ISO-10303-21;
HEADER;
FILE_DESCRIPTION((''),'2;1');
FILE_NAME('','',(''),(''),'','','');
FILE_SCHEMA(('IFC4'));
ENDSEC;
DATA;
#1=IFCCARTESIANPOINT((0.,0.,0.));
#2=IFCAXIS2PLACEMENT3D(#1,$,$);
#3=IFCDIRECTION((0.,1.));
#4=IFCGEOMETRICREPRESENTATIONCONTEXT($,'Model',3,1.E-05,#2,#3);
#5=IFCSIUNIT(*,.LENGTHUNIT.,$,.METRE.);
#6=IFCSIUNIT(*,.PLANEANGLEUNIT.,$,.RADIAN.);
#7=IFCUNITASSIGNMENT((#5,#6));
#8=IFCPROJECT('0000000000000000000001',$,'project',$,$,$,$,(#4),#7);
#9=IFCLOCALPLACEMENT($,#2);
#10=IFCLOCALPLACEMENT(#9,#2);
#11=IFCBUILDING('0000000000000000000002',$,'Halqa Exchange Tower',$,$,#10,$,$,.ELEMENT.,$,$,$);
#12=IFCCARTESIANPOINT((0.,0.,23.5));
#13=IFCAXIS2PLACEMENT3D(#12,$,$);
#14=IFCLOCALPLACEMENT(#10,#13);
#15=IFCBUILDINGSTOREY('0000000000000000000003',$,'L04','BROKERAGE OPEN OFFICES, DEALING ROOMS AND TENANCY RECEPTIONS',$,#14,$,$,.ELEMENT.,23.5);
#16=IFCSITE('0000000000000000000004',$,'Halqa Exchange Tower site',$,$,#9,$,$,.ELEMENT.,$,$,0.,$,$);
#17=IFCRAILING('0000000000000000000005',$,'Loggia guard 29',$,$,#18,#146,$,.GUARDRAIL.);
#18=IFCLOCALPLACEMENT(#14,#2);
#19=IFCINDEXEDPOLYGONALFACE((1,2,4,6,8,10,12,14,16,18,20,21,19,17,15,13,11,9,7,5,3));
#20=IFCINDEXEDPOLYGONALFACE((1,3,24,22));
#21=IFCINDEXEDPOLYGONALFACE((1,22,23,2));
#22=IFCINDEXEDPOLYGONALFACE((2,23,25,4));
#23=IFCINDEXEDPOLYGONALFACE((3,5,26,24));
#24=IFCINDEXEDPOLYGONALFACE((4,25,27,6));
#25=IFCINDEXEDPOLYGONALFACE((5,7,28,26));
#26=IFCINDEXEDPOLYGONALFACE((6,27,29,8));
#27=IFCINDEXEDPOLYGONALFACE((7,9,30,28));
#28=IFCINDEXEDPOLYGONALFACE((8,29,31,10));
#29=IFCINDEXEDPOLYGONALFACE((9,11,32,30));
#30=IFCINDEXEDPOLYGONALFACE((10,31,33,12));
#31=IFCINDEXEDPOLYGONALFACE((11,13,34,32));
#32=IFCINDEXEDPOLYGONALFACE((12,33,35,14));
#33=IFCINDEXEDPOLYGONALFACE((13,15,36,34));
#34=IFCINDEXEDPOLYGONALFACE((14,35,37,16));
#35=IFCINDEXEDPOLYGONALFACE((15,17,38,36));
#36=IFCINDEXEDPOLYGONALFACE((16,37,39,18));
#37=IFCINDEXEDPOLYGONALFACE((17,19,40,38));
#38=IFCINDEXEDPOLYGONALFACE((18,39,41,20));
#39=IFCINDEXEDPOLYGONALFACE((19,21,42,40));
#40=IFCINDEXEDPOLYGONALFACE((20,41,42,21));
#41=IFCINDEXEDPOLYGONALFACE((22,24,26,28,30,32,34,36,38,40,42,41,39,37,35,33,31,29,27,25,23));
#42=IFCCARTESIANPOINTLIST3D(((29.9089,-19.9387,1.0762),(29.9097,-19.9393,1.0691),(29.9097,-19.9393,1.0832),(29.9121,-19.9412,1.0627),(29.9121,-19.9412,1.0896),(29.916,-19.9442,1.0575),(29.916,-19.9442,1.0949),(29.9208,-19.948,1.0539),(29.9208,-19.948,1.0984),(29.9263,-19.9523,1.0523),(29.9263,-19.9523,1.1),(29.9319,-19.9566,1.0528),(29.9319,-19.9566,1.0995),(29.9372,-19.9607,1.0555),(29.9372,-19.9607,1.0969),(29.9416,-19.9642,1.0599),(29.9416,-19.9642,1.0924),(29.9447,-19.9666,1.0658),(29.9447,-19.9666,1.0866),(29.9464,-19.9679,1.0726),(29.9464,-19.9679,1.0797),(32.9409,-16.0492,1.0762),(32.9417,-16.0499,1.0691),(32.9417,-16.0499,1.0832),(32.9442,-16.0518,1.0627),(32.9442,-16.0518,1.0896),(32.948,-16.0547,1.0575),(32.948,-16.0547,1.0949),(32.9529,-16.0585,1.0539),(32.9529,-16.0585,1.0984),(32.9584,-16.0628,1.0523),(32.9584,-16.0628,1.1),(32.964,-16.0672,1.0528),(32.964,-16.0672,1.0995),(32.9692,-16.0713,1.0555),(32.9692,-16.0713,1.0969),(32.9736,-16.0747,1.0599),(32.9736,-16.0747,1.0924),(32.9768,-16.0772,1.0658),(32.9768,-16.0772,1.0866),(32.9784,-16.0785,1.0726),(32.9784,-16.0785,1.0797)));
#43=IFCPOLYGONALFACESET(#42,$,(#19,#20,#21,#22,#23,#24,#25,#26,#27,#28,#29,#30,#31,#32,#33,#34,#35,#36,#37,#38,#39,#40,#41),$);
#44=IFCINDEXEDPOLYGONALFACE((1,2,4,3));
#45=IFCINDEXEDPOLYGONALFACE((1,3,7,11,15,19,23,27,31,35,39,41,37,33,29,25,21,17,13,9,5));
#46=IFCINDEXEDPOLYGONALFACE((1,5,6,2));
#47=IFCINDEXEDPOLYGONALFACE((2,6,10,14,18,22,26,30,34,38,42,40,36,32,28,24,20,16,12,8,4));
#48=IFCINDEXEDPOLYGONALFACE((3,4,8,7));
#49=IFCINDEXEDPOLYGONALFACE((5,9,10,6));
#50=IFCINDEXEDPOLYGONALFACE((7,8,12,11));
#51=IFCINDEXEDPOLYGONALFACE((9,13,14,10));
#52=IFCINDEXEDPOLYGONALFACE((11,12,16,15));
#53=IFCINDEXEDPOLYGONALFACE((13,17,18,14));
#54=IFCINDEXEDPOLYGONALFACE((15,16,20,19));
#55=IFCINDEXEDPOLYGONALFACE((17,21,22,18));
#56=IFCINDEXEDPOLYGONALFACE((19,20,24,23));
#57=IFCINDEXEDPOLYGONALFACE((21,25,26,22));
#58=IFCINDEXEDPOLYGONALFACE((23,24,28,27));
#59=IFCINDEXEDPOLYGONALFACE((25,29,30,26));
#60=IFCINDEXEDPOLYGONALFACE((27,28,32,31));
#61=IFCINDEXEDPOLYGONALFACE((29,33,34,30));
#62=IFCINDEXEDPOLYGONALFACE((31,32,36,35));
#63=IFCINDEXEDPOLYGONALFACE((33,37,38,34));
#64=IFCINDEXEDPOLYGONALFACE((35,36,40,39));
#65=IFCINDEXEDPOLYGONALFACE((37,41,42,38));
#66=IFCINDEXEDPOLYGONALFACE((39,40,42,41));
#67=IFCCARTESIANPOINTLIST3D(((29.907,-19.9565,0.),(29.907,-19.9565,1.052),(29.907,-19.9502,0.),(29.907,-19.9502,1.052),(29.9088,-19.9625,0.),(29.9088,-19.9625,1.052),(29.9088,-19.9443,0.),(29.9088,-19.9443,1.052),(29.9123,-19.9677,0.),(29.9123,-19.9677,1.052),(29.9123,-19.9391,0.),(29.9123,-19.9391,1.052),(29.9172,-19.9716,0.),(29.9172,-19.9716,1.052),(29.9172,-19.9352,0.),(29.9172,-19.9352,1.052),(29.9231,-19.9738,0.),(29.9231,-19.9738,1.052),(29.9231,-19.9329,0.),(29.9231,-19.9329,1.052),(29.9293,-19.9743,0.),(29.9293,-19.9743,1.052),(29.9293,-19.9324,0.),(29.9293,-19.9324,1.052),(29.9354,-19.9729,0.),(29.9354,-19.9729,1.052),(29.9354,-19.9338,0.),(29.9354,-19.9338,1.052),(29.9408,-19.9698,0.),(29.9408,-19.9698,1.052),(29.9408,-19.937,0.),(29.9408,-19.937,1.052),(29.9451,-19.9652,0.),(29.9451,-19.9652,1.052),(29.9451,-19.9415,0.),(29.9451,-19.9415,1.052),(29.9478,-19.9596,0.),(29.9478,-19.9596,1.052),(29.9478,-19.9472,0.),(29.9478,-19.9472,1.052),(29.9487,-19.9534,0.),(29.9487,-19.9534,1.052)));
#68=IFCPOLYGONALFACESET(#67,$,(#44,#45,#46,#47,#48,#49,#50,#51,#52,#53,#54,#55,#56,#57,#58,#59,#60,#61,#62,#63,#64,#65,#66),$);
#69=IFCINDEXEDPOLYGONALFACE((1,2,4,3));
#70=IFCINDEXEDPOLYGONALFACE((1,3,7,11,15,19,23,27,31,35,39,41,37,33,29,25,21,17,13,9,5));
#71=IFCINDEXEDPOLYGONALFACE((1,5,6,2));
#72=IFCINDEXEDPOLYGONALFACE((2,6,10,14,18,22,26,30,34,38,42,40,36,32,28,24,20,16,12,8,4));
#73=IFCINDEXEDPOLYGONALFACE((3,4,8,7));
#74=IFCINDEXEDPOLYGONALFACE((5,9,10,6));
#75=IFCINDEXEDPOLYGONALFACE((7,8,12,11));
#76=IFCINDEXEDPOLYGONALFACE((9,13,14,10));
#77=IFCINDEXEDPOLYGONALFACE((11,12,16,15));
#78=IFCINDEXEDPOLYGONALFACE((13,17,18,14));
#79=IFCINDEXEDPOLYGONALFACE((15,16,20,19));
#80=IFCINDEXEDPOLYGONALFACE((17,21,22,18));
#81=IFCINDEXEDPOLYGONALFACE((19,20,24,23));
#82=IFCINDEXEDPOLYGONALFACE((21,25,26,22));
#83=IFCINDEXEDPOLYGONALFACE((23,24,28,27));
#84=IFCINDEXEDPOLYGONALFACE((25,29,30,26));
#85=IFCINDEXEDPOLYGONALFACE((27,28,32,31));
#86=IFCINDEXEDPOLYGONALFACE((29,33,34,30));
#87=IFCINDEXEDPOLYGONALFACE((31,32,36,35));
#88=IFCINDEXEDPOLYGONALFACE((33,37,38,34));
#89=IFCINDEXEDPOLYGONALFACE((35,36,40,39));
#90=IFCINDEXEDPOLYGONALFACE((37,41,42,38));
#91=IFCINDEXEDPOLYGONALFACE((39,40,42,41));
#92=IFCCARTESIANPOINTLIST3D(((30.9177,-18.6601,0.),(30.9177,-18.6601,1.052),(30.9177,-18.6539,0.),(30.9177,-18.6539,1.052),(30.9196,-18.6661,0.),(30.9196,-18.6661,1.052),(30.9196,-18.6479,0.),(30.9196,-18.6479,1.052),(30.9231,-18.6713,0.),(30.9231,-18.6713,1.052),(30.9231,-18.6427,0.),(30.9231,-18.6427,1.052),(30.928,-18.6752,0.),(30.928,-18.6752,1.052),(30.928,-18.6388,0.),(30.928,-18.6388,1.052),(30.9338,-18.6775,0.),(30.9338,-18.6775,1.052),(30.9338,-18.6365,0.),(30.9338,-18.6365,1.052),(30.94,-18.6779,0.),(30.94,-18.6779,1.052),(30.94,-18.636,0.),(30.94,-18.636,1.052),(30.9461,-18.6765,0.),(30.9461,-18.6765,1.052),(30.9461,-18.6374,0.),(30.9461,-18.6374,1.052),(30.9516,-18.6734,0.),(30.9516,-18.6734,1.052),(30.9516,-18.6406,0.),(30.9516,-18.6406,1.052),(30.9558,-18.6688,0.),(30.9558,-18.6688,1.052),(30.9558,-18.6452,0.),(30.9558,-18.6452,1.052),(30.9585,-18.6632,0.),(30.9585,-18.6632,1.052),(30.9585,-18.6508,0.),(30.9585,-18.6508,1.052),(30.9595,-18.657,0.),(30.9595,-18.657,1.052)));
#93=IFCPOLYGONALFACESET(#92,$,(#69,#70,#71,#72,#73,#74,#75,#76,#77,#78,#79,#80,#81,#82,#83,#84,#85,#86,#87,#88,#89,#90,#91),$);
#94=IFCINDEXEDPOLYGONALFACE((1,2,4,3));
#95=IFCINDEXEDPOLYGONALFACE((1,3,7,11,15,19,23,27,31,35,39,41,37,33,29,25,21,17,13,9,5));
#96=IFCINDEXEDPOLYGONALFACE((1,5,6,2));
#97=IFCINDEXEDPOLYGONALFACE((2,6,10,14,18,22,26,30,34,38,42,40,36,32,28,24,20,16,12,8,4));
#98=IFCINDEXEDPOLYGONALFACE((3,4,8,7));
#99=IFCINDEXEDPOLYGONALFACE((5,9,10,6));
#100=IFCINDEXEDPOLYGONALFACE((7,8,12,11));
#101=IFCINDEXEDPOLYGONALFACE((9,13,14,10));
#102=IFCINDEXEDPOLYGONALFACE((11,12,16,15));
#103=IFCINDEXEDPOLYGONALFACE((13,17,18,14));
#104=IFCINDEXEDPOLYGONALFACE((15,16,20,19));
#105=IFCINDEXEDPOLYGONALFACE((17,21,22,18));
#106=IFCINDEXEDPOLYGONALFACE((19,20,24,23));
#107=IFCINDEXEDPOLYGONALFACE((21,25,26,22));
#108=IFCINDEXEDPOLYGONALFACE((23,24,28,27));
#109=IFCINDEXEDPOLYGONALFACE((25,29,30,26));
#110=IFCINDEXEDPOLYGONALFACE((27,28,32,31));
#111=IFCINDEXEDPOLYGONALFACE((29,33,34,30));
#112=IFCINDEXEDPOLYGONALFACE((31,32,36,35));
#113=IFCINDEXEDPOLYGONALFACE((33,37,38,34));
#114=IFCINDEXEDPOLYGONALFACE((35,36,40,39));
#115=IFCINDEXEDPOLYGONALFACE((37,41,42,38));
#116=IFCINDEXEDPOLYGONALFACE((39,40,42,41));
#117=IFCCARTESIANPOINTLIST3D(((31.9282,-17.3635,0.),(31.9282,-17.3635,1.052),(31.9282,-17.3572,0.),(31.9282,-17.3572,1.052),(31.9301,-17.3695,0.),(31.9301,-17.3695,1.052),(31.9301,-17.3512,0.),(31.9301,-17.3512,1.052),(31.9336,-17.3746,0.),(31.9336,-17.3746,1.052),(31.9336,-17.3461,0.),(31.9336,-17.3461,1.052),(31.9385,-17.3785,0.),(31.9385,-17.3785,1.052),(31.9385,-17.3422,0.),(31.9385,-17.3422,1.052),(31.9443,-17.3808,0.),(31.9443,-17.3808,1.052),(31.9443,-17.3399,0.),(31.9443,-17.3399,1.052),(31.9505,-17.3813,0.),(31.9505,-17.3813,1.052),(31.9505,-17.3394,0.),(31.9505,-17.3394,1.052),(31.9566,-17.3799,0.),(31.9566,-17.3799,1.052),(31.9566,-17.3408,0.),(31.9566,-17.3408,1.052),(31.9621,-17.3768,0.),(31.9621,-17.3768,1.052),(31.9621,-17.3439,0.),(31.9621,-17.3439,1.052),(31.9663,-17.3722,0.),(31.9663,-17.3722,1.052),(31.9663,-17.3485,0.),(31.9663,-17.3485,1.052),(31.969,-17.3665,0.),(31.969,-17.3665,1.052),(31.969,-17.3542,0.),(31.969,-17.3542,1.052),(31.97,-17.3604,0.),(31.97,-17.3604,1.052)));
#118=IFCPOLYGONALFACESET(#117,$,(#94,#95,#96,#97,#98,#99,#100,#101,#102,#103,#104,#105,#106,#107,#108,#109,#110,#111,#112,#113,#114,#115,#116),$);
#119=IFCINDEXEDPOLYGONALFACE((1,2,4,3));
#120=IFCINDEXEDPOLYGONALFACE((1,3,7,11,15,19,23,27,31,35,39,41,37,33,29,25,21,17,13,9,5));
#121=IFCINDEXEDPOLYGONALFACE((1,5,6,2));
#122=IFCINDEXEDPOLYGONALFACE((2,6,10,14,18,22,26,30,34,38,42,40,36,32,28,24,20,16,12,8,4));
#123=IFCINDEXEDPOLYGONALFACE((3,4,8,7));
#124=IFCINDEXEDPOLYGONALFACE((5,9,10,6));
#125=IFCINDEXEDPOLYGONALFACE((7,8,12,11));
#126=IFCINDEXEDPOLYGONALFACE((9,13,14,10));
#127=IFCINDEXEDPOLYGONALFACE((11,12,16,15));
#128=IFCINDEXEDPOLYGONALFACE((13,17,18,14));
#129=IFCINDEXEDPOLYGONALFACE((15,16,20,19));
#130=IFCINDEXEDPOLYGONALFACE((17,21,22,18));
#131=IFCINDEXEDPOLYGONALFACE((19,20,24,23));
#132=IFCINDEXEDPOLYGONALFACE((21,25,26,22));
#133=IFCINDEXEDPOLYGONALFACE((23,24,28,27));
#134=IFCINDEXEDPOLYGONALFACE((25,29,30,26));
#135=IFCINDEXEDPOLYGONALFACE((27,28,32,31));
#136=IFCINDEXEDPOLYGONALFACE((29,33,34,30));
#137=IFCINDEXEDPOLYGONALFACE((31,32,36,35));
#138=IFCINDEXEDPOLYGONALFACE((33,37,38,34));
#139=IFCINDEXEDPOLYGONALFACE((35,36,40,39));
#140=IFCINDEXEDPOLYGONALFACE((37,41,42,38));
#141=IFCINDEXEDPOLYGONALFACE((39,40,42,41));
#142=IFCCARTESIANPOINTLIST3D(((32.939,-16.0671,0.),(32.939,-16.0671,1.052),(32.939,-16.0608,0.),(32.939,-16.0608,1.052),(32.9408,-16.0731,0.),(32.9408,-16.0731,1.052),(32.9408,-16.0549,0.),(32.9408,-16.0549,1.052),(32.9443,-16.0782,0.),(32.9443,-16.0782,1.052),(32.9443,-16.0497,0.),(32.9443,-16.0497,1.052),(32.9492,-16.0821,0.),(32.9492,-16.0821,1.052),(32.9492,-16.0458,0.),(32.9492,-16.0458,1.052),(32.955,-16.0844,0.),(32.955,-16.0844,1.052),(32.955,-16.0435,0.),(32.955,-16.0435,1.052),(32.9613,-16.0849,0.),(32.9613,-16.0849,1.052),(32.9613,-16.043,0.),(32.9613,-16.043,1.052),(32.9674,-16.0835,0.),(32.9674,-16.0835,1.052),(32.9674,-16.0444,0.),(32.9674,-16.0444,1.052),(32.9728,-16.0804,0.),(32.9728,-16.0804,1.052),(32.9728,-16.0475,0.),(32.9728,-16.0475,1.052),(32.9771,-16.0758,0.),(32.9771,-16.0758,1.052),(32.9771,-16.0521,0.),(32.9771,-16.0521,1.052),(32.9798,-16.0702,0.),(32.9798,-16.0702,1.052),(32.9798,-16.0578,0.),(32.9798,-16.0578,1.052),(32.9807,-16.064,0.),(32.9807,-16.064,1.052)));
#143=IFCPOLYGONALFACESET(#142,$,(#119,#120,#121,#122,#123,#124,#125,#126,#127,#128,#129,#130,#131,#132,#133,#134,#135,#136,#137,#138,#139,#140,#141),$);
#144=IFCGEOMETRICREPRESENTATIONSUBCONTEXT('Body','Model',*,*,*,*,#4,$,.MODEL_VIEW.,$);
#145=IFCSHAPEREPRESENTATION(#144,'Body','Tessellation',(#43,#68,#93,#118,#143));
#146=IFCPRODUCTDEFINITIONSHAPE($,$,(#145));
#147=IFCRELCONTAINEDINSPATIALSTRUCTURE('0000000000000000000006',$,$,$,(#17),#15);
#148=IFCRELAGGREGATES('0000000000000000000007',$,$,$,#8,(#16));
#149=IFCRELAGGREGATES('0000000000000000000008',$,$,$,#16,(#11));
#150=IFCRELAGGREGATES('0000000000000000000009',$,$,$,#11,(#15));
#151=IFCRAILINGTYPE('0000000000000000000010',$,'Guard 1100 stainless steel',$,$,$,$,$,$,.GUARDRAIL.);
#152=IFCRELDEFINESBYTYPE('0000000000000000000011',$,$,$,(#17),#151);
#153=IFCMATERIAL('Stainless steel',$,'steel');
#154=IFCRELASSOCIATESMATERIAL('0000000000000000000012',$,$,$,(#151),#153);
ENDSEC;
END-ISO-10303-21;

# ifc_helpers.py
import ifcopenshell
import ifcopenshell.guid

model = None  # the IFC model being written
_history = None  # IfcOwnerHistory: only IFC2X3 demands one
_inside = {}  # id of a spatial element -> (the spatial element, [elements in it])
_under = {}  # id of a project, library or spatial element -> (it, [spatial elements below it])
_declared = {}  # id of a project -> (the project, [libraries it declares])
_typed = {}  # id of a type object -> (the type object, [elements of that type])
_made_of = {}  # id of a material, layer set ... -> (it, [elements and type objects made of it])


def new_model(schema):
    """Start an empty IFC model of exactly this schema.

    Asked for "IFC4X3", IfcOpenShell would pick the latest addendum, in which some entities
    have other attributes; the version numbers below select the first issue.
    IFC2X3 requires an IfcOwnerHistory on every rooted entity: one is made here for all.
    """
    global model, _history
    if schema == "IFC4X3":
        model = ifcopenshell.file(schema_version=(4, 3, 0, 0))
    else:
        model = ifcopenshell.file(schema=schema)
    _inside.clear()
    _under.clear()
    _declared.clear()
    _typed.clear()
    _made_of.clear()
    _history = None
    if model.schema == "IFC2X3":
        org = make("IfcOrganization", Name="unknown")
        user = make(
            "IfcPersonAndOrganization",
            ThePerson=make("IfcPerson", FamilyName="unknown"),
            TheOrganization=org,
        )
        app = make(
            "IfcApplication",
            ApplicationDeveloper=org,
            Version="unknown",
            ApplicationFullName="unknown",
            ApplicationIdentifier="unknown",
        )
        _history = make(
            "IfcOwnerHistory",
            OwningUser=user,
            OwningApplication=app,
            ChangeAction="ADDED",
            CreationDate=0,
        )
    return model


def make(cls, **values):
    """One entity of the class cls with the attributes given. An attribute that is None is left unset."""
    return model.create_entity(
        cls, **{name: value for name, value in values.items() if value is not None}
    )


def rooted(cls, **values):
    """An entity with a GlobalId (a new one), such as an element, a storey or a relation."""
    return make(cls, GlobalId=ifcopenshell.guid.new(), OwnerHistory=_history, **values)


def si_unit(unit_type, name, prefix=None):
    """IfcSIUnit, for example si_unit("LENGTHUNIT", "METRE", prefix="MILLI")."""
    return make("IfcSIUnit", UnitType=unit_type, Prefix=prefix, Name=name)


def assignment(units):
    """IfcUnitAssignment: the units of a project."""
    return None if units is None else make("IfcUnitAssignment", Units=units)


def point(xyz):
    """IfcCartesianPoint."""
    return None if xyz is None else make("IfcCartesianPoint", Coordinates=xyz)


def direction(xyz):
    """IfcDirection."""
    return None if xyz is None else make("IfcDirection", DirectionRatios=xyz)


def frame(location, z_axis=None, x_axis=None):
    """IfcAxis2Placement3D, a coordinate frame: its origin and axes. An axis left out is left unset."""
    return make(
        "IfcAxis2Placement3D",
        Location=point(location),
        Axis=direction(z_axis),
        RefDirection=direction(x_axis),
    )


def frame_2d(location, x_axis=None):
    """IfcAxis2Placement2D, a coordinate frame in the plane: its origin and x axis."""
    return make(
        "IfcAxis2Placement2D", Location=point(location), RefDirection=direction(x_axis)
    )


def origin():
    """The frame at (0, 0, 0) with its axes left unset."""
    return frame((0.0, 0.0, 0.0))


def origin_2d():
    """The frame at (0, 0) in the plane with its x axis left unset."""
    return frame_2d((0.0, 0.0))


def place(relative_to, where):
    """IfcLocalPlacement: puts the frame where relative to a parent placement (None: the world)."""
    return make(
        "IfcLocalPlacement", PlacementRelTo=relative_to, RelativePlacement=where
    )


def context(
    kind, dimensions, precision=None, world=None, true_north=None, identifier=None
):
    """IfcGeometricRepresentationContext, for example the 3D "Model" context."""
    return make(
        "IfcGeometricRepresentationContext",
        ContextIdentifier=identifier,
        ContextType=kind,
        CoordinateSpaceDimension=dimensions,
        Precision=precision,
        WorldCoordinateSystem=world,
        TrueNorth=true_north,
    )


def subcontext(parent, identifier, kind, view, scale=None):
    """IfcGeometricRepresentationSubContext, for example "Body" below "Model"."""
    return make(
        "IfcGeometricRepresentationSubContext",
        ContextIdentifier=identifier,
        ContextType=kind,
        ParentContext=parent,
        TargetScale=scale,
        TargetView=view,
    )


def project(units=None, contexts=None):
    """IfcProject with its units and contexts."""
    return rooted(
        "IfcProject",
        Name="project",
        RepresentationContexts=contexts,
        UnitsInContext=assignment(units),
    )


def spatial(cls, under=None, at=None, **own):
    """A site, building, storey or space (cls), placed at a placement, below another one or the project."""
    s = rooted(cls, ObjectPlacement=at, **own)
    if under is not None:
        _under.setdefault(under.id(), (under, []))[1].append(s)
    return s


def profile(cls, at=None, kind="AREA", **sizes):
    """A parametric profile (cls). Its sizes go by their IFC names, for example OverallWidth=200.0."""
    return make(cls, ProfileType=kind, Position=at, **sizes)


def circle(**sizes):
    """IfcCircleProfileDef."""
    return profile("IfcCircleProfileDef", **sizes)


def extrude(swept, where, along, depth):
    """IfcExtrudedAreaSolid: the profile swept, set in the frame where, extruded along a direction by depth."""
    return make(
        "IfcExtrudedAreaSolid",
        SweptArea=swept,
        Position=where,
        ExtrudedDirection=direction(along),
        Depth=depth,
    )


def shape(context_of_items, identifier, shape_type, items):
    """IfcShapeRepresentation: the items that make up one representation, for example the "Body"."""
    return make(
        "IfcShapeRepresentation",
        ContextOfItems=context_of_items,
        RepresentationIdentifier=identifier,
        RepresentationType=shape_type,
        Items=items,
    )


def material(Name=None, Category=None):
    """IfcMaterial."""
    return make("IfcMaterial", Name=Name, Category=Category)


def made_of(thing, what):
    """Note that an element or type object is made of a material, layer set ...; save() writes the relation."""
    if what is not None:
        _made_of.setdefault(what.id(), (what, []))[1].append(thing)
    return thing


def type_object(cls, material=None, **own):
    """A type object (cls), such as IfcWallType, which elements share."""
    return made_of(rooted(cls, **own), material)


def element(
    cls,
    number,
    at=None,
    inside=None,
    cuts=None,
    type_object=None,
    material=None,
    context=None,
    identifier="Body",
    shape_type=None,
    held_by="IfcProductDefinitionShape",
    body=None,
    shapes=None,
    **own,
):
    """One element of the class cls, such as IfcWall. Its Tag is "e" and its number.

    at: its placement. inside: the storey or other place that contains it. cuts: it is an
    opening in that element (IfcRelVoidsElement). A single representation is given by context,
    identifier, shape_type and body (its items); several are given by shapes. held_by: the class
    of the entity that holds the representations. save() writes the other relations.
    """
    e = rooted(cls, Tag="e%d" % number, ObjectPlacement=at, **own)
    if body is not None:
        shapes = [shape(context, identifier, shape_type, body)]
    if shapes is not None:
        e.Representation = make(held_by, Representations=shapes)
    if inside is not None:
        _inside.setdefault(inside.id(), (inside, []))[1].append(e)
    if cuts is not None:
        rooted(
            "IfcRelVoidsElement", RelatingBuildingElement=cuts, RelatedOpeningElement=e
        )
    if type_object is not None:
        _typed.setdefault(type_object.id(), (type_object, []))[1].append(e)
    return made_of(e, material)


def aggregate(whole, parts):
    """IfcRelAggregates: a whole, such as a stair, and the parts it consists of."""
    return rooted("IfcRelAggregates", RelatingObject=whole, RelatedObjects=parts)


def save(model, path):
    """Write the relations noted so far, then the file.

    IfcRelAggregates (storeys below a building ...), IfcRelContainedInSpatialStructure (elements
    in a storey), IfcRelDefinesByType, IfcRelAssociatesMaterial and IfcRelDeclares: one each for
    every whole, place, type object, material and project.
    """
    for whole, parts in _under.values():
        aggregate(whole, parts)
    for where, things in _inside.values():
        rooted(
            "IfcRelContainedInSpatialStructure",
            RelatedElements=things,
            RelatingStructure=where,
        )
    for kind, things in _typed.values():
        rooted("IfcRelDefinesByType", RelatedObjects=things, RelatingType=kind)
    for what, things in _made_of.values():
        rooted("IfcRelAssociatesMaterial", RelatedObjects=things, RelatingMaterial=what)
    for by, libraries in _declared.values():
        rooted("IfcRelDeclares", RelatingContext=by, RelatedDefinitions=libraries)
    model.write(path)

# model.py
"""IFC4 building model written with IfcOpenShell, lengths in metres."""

from ifc_helpers import new_model, si_unit, direction, frame, origin, origin_2d, place, context, subcontext, project, spatial, circle, extrude, material, type_object, element, save


model = new_model("IFC4")

# Units and contexts
model_context = context("Model", 3, precision=1e-05, world=origin(), true_north=direction((0.0, 1.0)))
body_context = subcontext(model_context, "Body", "Model", "MODEL_VIEW")
ifc_project = project(units=[si_unit("LENGTHUNIT", "METRE"), si_unit("PLANEANGLEUNIT", "RADIAN")], contexts=[model_context])

# Site, building, storey
site_placement = place(None, origin())
site = spatial("IfcSite", under=ifc_project, at=site_placement, Name="Halqa Exchange Tower site", CompositionType="ELEMENT", RefElevation=0.0)
building_placement = place(site_placement, origin())
building = spatial("IfcBuilding", under=site, at=building_placement, Name="Halqa Exchange Tower", CompositionType="ELEMENT")
storey_placement = place(building_placement, frame((0.0, 0.0, 23.5)))
storey = spatial("IfcBuildingStorey", under=building, at=storey_placement, Name="L04", Description="BROKERAGE OPEN OFFICES, DEALING ROOMS AND TENANCY RECEPTIONS", CompositionType="ELEMENT", Elevation=23.5)

# Railing
ifc_material_1 = material(Name="Stainless steel", Category="steel")
railing_type = type_object("IfcRailingType", Name="Guard 1100 stainless steel", PredefinedType="GUARDRAIL", material=ifc_material_1)
railing_1_placement = place(storey_placement, frame((29.9277, -19.9534, 0.0)))
element("IfcRailing", 1, at=railing_1_placement, inside=storey, type_object=railing_type, Name="Loggia guard 29", PredefinedType="GUARDRAIL", context=body_context, shape_type="SweptSolid", body=[
    extrude(circle(Radius=0.0239, at=origin_2d()), frame((0.0, 0.0, 1.0762), z_axis=(0.614811, 0.788675, 0.0), x_axis=(-0.788675, 0.614811, 0.0)), (0.0, 0.0, 1.0), 4.9316),
    extrude(circle(Radius=0.021, at=origin_2d()), origin(), (0.0, 0.0, 1.0), 1.052),
    extrude(circle(Radius=0.021, at=origin_2d()), frame((1.0107, 1.2964, 0.0)), (0.0, 0.0, 1.0), 1.052),
    extrude(circle(Radius=0.021, at=origin_2d()), frame((2.0212, 2.593, 0.0)), (0.0, 0.0, 1.0), 1.052),
    extrude(circle(Radius=0.021, at=origin_2d()), frame((3.032, 3.8894, 0.0)), (0.0, 0.0, 1.0), 1.052),
])

save(model, "model.ifc")
